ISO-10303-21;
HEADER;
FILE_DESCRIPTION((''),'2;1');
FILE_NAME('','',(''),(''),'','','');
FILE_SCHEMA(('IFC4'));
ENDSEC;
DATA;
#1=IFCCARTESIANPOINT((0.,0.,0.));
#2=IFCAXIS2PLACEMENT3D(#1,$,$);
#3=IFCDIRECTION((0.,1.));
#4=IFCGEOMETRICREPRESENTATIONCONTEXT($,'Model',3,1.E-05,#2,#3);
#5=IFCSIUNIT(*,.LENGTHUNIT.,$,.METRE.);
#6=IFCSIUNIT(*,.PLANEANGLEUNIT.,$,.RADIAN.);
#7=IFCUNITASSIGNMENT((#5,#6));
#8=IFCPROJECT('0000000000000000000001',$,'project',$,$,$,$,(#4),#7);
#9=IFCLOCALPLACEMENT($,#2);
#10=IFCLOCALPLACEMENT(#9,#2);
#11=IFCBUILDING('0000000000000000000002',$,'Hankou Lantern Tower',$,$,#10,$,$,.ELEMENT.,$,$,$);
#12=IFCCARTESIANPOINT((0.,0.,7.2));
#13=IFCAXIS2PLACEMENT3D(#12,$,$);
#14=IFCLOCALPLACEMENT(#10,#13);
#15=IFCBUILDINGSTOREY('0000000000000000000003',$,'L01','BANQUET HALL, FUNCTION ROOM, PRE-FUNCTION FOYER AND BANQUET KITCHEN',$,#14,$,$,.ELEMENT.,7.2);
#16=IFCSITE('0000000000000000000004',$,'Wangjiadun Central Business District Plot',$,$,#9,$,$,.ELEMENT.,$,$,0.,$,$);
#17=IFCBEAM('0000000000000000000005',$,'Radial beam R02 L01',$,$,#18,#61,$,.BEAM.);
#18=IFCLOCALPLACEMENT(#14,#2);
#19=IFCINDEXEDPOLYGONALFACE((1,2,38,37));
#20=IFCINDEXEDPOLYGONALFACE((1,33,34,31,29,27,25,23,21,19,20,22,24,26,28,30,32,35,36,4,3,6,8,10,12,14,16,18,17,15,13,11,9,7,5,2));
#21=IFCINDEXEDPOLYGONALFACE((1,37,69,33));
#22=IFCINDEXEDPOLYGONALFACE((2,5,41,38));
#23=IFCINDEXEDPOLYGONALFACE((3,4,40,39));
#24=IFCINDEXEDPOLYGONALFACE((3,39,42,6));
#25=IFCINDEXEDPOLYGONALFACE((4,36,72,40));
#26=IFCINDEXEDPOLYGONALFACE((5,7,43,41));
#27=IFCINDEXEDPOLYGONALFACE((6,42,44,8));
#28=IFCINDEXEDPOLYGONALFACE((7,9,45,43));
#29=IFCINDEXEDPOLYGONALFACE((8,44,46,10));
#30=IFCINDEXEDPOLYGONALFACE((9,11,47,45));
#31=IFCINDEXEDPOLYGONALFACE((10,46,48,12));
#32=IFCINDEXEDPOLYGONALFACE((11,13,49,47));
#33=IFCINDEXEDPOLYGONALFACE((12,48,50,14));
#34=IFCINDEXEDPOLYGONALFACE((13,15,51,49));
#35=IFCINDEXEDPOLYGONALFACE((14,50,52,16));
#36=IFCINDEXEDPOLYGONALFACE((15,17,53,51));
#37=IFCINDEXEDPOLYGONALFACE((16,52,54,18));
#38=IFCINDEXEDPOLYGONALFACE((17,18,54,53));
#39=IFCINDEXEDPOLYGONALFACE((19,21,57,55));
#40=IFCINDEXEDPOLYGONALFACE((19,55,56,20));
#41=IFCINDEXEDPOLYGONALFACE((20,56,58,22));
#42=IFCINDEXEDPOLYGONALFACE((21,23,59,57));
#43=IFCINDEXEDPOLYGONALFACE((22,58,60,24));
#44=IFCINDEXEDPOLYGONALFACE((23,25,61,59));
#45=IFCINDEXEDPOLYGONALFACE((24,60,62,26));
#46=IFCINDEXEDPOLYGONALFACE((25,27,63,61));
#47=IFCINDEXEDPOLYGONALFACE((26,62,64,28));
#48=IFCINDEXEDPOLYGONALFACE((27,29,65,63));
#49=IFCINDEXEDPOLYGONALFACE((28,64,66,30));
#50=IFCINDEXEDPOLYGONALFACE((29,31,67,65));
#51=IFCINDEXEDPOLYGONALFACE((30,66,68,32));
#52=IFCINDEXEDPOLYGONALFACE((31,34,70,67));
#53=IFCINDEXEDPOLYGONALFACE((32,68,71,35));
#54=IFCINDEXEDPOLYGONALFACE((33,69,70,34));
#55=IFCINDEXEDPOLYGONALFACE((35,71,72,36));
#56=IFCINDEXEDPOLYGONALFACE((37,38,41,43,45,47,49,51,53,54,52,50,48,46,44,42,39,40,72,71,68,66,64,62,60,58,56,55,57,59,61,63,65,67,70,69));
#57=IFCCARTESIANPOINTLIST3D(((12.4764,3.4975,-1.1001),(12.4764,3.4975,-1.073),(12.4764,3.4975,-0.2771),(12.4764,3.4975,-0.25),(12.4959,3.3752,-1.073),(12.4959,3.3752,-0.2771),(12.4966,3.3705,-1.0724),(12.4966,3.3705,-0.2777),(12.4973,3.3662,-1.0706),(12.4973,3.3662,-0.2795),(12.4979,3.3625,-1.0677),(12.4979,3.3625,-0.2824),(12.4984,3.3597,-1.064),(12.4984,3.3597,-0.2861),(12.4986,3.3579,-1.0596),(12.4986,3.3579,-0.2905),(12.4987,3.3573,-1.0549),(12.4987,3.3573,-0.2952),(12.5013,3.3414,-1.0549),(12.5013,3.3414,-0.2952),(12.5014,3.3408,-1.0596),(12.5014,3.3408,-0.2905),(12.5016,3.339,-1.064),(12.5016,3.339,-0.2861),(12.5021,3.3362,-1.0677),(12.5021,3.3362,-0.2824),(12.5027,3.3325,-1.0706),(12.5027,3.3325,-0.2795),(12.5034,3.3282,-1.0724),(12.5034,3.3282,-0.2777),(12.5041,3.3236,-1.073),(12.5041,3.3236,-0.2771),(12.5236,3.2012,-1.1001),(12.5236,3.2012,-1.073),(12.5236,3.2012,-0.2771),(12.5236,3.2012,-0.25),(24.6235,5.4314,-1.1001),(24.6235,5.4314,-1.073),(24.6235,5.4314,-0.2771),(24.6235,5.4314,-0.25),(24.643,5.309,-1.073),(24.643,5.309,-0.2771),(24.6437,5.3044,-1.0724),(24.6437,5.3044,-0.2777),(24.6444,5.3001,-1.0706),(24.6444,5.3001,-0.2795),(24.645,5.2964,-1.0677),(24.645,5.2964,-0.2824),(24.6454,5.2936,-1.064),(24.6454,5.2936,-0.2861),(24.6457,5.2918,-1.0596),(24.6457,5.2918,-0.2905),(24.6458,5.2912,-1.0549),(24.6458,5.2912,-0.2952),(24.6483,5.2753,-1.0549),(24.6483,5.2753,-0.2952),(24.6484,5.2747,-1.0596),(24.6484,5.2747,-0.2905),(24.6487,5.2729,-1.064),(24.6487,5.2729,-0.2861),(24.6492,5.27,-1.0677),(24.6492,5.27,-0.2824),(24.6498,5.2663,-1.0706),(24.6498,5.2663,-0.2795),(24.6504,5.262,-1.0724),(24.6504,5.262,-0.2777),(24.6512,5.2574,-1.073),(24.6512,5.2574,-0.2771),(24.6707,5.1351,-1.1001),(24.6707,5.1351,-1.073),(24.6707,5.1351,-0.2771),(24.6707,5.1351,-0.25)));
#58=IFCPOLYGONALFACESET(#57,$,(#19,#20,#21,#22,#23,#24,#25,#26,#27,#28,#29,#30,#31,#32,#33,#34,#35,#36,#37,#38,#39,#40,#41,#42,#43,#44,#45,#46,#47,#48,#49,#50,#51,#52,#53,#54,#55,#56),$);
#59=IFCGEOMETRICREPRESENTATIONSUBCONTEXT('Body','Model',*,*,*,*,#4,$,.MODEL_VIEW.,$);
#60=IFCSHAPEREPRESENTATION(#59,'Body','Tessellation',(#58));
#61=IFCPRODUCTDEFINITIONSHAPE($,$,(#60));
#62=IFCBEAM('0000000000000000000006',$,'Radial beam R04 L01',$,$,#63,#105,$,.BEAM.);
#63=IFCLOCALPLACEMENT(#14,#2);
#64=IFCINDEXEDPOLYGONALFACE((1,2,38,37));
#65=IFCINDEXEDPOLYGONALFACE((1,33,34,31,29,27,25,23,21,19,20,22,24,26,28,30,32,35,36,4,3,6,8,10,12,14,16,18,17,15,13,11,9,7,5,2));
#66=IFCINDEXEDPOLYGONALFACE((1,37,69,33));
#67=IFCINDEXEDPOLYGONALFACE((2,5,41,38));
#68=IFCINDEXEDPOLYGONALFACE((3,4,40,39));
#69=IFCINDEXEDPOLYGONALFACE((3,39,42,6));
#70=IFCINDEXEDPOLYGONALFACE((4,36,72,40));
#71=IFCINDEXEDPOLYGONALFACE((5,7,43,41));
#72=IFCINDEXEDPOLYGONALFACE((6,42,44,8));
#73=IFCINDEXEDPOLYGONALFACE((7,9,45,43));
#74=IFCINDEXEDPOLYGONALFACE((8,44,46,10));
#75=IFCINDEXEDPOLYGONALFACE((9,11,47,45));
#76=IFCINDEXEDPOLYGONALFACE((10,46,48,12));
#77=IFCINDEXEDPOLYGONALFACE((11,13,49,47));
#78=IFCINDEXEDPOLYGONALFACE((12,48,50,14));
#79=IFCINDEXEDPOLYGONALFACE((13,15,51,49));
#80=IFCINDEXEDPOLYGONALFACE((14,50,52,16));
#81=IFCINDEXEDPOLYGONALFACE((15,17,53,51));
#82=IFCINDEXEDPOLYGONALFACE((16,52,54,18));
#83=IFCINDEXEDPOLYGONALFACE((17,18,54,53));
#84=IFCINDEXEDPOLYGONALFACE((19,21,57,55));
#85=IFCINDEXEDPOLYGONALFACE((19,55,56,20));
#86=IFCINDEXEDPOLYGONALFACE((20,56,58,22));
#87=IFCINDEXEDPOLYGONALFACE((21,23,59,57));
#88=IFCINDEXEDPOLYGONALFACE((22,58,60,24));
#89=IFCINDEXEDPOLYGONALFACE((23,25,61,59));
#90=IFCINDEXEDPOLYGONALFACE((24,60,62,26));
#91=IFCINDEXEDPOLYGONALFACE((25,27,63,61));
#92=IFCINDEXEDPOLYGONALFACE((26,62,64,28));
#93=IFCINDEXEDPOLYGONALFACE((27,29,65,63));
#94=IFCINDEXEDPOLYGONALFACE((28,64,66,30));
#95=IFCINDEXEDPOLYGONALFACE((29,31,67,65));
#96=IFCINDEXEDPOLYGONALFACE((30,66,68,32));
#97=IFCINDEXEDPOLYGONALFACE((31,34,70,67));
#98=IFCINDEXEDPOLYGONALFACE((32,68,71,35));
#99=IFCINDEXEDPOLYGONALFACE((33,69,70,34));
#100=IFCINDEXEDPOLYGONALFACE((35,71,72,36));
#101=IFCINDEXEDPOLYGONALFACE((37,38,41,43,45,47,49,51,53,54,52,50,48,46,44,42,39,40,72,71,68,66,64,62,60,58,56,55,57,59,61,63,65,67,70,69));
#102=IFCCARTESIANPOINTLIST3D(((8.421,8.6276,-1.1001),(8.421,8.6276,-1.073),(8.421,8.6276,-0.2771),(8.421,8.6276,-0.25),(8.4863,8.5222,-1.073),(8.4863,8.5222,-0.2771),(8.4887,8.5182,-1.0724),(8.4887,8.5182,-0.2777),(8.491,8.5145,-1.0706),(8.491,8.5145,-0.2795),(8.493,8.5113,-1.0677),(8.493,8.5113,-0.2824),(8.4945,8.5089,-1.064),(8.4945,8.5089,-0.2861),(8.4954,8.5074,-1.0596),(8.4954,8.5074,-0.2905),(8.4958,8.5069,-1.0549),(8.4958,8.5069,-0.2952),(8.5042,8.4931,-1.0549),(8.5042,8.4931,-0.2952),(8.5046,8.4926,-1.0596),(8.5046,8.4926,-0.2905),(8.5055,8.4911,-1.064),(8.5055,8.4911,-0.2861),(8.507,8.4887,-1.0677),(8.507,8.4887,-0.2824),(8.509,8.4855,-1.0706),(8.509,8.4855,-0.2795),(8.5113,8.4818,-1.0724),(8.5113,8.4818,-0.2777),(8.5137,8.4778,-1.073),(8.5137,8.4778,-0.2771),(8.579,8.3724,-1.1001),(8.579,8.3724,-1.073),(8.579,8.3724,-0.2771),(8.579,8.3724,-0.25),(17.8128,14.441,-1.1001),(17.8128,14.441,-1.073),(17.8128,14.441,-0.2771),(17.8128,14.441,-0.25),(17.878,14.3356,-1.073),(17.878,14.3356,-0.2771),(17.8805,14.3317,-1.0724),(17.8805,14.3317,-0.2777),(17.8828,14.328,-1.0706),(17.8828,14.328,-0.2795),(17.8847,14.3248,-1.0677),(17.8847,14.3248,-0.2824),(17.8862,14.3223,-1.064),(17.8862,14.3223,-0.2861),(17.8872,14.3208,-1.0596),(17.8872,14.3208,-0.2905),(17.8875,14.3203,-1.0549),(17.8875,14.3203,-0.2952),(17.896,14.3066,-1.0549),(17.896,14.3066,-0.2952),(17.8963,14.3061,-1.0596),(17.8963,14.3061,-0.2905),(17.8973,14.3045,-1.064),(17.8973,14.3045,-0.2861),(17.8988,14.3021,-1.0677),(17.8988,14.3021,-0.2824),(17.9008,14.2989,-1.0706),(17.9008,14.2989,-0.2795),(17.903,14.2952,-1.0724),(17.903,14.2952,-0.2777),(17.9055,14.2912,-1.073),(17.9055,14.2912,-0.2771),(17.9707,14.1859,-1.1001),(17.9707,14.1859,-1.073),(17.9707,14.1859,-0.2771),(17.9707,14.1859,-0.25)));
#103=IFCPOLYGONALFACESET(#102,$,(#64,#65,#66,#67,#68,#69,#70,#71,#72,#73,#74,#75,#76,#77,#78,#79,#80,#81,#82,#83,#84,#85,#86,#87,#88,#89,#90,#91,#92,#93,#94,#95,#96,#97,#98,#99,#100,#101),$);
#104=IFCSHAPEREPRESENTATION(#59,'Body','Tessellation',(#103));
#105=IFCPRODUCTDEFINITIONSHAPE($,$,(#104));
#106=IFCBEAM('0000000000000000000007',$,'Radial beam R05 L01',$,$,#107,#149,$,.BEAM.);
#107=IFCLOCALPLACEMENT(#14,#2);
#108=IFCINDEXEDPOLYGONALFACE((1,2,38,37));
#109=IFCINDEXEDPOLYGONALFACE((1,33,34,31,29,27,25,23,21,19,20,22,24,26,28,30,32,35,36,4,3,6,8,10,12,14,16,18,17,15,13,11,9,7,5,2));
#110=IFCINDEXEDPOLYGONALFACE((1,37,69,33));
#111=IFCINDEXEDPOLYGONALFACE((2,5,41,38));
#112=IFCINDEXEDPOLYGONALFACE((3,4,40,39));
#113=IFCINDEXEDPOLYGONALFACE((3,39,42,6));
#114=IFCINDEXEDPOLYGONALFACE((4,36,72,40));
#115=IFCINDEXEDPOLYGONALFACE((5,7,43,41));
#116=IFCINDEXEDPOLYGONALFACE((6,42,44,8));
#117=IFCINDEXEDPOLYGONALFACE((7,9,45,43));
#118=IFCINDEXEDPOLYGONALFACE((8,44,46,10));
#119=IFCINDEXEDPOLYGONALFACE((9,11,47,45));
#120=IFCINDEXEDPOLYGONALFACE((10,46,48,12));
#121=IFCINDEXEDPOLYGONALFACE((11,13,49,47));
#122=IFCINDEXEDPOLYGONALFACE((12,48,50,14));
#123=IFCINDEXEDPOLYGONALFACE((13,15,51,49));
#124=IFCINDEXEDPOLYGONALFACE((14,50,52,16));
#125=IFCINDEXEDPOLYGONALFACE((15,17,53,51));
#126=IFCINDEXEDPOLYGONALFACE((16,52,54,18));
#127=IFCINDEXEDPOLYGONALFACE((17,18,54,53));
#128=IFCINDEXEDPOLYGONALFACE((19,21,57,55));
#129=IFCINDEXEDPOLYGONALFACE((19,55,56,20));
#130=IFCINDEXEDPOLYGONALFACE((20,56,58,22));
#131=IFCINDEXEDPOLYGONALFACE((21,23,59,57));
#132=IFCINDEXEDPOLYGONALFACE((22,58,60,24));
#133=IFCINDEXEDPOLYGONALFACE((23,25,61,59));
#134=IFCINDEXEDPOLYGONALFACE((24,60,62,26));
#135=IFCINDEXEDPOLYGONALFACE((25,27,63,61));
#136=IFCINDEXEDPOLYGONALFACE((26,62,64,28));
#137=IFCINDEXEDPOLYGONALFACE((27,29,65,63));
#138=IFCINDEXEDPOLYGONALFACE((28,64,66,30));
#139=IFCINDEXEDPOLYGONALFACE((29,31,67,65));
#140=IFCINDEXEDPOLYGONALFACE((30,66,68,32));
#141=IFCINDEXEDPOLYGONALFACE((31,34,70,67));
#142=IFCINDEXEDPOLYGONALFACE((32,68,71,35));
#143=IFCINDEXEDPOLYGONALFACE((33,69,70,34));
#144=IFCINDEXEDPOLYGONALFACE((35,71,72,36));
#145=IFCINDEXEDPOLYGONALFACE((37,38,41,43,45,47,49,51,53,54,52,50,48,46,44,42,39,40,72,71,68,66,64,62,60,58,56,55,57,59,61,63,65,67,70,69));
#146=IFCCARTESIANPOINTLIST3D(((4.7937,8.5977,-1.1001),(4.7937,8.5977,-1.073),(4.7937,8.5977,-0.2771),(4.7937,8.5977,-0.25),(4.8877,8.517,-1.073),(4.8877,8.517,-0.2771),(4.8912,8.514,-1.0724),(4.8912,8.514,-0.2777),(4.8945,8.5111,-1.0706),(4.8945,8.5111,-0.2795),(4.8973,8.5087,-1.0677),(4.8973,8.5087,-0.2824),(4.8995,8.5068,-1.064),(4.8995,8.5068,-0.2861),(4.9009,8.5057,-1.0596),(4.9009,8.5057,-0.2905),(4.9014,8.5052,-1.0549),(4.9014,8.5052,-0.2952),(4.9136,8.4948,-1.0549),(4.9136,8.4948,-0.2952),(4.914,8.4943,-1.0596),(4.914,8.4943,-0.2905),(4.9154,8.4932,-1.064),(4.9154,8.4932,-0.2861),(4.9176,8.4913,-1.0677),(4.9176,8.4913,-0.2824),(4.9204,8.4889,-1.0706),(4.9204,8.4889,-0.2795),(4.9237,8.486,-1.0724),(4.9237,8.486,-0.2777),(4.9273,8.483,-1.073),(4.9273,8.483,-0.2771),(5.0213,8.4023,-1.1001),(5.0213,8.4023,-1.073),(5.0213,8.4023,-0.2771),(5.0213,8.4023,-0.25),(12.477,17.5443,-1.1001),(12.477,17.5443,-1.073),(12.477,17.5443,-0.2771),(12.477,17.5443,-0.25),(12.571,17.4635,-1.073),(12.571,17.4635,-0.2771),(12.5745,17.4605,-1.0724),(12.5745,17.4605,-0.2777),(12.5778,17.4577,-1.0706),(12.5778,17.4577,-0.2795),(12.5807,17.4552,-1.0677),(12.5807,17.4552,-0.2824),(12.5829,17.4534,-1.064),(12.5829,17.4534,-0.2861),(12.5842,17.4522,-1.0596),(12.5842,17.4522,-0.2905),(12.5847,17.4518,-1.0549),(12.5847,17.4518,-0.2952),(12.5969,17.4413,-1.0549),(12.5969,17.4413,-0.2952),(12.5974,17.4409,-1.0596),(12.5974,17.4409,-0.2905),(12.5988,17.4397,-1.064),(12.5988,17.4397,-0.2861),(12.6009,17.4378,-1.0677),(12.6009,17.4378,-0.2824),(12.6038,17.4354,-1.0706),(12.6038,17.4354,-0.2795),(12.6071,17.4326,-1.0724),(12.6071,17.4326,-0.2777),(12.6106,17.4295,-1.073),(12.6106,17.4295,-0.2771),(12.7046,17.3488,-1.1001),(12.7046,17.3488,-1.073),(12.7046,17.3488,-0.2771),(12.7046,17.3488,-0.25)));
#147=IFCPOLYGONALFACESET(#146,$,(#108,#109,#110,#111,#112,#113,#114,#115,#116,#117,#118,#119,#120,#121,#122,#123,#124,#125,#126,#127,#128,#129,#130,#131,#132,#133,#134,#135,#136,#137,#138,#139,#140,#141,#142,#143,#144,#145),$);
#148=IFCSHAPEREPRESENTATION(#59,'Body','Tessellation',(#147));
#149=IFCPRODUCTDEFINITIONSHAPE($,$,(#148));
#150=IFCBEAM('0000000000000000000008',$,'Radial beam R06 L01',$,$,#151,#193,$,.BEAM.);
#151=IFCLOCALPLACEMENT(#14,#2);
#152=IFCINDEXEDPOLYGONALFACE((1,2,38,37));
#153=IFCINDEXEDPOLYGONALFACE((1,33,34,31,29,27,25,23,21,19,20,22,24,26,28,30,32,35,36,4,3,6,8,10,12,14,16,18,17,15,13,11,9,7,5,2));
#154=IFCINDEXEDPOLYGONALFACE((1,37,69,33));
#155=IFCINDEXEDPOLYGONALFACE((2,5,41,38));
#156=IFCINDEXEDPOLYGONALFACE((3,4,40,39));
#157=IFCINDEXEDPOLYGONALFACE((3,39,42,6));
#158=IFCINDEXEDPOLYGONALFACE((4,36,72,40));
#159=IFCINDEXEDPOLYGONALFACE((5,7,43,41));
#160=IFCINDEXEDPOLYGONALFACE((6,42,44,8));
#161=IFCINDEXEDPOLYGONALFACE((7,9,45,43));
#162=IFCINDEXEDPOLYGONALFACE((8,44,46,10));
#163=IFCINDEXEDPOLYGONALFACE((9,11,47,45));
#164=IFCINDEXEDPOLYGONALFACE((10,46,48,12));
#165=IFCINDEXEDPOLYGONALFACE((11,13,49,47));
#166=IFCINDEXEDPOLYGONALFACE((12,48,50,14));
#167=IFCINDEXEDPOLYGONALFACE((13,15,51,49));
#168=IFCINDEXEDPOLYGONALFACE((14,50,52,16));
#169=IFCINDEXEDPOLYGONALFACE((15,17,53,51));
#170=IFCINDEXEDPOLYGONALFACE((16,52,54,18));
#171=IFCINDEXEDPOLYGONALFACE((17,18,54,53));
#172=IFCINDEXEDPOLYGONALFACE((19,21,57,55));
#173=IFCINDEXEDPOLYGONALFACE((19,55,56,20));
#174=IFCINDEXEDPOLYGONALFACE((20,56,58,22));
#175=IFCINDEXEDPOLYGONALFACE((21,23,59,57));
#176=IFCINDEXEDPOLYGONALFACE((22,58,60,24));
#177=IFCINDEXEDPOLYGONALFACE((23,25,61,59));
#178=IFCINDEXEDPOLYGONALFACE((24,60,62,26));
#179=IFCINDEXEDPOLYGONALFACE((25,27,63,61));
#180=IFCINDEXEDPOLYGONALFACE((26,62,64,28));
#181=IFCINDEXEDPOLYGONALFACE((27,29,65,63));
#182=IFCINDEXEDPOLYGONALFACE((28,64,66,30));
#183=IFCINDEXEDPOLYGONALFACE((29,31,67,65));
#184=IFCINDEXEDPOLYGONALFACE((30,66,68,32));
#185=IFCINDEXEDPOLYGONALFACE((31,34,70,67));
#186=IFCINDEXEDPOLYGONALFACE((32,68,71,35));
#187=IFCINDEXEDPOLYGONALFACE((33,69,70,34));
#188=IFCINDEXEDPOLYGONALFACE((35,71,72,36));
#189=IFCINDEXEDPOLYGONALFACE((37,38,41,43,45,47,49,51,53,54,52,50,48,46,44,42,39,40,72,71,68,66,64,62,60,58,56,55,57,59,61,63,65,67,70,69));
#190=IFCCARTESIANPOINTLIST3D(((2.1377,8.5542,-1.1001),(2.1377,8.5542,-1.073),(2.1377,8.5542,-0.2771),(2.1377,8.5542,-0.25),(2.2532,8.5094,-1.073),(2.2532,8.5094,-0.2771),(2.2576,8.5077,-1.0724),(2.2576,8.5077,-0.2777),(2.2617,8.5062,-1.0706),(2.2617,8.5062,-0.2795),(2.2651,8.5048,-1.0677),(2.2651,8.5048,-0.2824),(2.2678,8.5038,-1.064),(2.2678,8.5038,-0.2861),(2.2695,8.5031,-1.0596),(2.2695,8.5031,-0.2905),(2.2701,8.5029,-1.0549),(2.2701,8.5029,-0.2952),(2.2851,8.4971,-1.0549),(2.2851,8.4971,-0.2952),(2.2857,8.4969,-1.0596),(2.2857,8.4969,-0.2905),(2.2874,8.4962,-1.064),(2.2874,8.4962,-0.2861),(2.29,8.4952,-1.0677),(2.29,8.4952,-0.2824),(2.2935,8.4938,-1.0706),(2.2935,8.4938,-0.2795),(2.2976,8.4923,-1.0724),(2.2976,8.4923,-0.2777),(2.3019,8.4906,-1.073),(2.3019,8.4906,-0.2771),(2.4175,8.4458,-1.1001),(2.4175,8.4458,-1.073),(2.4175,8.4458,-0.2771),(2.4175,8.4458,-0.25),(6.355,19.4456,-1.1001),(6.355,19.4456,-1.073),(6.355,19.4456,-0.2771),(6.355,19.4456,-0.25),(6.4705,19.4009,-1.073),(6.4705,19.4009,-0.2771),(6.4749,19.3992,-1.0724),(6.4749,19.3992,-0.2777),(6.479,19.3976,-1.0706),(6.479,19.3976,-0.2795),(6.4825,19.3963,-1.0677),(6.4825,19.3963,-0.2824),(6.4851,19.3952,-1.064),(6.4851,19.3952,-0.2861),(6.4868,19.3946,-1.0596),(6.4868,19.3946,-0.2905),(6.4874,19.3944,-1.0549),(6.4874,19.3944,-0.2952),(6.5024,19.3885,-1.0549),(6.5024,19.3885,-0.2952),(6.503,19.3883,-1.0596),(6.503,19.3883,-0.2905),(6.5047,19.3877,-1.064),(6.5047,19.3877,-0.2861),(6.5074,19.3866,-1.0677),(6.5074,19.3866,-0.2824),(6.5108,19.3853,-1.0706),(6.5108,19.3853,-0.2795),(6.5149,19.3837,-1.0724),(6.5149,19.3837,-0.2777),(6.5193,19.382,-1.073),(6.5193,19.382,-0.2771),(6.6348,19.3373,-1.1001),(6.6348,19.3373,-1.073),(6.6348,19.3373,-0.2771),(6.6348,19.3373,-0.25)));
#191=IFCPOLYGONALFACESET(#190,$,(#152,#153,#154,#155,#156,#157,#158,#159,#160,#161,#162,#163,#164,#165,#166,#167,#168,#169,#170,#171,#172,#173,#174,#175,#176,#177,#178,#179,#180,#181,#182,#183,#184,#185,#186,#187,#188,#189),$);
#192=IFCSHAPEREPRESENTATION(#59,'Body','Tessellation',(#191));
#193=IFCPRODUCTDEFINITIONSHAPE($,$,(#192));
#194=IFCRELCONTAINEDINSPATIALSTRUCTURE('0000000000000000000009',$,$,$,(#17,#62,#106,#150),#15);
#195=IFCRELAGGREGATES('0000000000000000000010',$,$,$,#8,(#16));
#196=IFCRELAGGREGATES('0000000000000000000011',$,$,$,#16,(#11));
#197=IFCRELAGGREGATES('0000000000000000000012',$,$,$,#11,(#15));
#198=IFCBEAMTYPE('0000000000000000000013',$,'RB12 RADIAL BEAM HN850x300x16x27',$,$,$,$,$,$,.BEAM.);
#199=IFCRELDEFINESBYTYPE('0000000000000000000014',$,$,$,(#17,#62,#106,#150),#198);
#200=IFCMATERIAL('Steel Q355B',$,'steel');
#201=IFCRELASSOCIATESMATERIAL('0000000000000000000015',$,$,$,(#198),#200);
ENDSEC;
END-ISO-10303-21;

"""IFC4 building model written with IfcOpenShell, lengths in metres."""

from ifc_helpers import new_model, si_unit, direction, frame, origin, origin_2d, place, context, subcontext, project, spatial, i_section, extrude, material, material_profile, profile_set, type_object, element, save


model = new_model("IFC4")

# Units and contexts
model_context = context("Model", 3, precision=1e-05, world=origin(), true_north=direction((0.0, 1.0)))
body_context = subcontext(model_context, "Body", "Model", "MODEL_VIEW")
ifc_project = project(units=[si_unit("LENGTHUNIT", "METRE"), si_unit("PLANEANGLEUNIT", "RADIAN")], contexts=[model_context])

# Site, building, storey
site_placement = place(None, origin())
site = spatial("IfcSite", under=ifc_project, at=site_placement, Name="Wangjiadun Central Business District Plot", CompositionType="ELEMENT", RefElevation=0.0)
building_placement = place(site_placement, origin())
building = spatial("IfcBuilding", under=site, at=building_placement, Name="Hankou Lantern Tower", CompositionType="ELEMENT")
storey_placement = place(building_placement, frame((0.0, 0.0, 7.2)))
storey = spatial("IfcBuildingStorey", under=building, at=storey_placement, Name="L01", Description="BANQUET HALL, FUNCTION ROOM, PRE-FUNCTION FOYER AND BANQUET KITCHEN", CompositionType="ELEMENT", Elevation=7.2)

# Beams
ifc_material_1 = material(Name="Steel Q355B", Category="steel")
ifc_material_profile_1 = material_profile(ifc_material_1, i_section(OverallWidth=0.3, OverallDepth=0.8501, WebThickness=0.0161, FlangeThickness=0.0271, FilletRadius=0.0181, at=origin_2d()), Name="HN850x300x16x27")
ifc_profile_set_1 = profile_set([ifc_material_profile_1], Name="Steel Q355B")
beam_type_1 = type_object("IfcBeamType", Name="RB12 RADIAL BEAM HN850x300x16x27", PredefinedType="BEAM", material=ifc_profile_set_1)
beam_1_placement = place(storey_placement, frame((12.5, 3.3494, -0.675), z_axis=(0.987563, 0.157223, 0.0), x_axis=(-0.157223, 0.987563, 0.0)))
element("IfcBeam", 1, at=beam_1_placement, inside=storey, type_object=beam_type_1, Name="Radial beam R02 L01", PredefinedType="BEAM", context=body_context, shape_type="SweptSolid", body=[
    extrude(i_section(OverallWidth=0.3, OverallDepth=0.8501, WebThickness=0.0161, FlangeThickness=0.0271, FilletRadius=0.0181, at=origin_2d()), origin(), (0.0, 0.0, 1.0), 12.3),
])
beam_2_placement = place(storey_placement, frame((8.5, 8.5, -0.675), z_axis=(0.850286, 0.52632, 0.0), x_axis=(-0.52632, 0.850286, 0.0)))
element("IfcBeam", 2, at=beam_2_placement, inside=storey, type_object=beam_type_1, Name="Radial beam R04 L01", PredefinedType="BEAM", context=body_context, shape_type="SweptSolid", body=[
    extrude(i_section(OverallWidth=0.3, OverallDepth=0.8501, WebThickness=0.0161, FlangeThickness=0.0271, FilletRadius=0.0181, at=origin_2d()), origin(), (0.0, 0.0, 1.0), 11.0454),
])
beam_3_placement = place(storey_placement, frame((4.9075, 8.5, -0.675), z_axis=(0.651519, 0.758632, 0.0), x_axis=(-0.758632, 0.651519, 0.0)))
element("IfcBeam", 3, at=beam_3_placement, inside=storey, type_object=beam_type_1, Name="Radial beam R05 L01", PredefinedType="BEAM", context=body_context, shape_type="SweptSolid", body=[
    extrude(i_section(OverallWidth=0.3, OverallDepth=0.8501, WebThickness=0.0161, FlangeThickness=0.0271, FilletRadius=0.0181, at=origin_2d()), origin(), (0.0, 0.0, 1.0), 11.793),
])
beam_4_placement = place(storey_placement, frame((2.2776, 8.5, -0.675), z_axis=(0.361089, 0.932531, 0.0), x_axis=(-0.932531, 0.361089, 0.0)))
element("IfcBeam", 4, at=beam_4_placement, inside=storey, type_object=beam_type_1, Name="Radial beam R06 L01", PredefinedType="BEAM", context=body_context, shape_type="SweptSolid", body=[
    extrude(i_section(OverallWidth=0.3, OverallDepth=0.8501, WebThickness=0.0161, FlangeThickness=0.0271, FilletRadius=0.0181, at=origin_2d()), origin(), (0.0, 0.0, 1.0), 11.6794),
])

save(model, "model.ifc")
